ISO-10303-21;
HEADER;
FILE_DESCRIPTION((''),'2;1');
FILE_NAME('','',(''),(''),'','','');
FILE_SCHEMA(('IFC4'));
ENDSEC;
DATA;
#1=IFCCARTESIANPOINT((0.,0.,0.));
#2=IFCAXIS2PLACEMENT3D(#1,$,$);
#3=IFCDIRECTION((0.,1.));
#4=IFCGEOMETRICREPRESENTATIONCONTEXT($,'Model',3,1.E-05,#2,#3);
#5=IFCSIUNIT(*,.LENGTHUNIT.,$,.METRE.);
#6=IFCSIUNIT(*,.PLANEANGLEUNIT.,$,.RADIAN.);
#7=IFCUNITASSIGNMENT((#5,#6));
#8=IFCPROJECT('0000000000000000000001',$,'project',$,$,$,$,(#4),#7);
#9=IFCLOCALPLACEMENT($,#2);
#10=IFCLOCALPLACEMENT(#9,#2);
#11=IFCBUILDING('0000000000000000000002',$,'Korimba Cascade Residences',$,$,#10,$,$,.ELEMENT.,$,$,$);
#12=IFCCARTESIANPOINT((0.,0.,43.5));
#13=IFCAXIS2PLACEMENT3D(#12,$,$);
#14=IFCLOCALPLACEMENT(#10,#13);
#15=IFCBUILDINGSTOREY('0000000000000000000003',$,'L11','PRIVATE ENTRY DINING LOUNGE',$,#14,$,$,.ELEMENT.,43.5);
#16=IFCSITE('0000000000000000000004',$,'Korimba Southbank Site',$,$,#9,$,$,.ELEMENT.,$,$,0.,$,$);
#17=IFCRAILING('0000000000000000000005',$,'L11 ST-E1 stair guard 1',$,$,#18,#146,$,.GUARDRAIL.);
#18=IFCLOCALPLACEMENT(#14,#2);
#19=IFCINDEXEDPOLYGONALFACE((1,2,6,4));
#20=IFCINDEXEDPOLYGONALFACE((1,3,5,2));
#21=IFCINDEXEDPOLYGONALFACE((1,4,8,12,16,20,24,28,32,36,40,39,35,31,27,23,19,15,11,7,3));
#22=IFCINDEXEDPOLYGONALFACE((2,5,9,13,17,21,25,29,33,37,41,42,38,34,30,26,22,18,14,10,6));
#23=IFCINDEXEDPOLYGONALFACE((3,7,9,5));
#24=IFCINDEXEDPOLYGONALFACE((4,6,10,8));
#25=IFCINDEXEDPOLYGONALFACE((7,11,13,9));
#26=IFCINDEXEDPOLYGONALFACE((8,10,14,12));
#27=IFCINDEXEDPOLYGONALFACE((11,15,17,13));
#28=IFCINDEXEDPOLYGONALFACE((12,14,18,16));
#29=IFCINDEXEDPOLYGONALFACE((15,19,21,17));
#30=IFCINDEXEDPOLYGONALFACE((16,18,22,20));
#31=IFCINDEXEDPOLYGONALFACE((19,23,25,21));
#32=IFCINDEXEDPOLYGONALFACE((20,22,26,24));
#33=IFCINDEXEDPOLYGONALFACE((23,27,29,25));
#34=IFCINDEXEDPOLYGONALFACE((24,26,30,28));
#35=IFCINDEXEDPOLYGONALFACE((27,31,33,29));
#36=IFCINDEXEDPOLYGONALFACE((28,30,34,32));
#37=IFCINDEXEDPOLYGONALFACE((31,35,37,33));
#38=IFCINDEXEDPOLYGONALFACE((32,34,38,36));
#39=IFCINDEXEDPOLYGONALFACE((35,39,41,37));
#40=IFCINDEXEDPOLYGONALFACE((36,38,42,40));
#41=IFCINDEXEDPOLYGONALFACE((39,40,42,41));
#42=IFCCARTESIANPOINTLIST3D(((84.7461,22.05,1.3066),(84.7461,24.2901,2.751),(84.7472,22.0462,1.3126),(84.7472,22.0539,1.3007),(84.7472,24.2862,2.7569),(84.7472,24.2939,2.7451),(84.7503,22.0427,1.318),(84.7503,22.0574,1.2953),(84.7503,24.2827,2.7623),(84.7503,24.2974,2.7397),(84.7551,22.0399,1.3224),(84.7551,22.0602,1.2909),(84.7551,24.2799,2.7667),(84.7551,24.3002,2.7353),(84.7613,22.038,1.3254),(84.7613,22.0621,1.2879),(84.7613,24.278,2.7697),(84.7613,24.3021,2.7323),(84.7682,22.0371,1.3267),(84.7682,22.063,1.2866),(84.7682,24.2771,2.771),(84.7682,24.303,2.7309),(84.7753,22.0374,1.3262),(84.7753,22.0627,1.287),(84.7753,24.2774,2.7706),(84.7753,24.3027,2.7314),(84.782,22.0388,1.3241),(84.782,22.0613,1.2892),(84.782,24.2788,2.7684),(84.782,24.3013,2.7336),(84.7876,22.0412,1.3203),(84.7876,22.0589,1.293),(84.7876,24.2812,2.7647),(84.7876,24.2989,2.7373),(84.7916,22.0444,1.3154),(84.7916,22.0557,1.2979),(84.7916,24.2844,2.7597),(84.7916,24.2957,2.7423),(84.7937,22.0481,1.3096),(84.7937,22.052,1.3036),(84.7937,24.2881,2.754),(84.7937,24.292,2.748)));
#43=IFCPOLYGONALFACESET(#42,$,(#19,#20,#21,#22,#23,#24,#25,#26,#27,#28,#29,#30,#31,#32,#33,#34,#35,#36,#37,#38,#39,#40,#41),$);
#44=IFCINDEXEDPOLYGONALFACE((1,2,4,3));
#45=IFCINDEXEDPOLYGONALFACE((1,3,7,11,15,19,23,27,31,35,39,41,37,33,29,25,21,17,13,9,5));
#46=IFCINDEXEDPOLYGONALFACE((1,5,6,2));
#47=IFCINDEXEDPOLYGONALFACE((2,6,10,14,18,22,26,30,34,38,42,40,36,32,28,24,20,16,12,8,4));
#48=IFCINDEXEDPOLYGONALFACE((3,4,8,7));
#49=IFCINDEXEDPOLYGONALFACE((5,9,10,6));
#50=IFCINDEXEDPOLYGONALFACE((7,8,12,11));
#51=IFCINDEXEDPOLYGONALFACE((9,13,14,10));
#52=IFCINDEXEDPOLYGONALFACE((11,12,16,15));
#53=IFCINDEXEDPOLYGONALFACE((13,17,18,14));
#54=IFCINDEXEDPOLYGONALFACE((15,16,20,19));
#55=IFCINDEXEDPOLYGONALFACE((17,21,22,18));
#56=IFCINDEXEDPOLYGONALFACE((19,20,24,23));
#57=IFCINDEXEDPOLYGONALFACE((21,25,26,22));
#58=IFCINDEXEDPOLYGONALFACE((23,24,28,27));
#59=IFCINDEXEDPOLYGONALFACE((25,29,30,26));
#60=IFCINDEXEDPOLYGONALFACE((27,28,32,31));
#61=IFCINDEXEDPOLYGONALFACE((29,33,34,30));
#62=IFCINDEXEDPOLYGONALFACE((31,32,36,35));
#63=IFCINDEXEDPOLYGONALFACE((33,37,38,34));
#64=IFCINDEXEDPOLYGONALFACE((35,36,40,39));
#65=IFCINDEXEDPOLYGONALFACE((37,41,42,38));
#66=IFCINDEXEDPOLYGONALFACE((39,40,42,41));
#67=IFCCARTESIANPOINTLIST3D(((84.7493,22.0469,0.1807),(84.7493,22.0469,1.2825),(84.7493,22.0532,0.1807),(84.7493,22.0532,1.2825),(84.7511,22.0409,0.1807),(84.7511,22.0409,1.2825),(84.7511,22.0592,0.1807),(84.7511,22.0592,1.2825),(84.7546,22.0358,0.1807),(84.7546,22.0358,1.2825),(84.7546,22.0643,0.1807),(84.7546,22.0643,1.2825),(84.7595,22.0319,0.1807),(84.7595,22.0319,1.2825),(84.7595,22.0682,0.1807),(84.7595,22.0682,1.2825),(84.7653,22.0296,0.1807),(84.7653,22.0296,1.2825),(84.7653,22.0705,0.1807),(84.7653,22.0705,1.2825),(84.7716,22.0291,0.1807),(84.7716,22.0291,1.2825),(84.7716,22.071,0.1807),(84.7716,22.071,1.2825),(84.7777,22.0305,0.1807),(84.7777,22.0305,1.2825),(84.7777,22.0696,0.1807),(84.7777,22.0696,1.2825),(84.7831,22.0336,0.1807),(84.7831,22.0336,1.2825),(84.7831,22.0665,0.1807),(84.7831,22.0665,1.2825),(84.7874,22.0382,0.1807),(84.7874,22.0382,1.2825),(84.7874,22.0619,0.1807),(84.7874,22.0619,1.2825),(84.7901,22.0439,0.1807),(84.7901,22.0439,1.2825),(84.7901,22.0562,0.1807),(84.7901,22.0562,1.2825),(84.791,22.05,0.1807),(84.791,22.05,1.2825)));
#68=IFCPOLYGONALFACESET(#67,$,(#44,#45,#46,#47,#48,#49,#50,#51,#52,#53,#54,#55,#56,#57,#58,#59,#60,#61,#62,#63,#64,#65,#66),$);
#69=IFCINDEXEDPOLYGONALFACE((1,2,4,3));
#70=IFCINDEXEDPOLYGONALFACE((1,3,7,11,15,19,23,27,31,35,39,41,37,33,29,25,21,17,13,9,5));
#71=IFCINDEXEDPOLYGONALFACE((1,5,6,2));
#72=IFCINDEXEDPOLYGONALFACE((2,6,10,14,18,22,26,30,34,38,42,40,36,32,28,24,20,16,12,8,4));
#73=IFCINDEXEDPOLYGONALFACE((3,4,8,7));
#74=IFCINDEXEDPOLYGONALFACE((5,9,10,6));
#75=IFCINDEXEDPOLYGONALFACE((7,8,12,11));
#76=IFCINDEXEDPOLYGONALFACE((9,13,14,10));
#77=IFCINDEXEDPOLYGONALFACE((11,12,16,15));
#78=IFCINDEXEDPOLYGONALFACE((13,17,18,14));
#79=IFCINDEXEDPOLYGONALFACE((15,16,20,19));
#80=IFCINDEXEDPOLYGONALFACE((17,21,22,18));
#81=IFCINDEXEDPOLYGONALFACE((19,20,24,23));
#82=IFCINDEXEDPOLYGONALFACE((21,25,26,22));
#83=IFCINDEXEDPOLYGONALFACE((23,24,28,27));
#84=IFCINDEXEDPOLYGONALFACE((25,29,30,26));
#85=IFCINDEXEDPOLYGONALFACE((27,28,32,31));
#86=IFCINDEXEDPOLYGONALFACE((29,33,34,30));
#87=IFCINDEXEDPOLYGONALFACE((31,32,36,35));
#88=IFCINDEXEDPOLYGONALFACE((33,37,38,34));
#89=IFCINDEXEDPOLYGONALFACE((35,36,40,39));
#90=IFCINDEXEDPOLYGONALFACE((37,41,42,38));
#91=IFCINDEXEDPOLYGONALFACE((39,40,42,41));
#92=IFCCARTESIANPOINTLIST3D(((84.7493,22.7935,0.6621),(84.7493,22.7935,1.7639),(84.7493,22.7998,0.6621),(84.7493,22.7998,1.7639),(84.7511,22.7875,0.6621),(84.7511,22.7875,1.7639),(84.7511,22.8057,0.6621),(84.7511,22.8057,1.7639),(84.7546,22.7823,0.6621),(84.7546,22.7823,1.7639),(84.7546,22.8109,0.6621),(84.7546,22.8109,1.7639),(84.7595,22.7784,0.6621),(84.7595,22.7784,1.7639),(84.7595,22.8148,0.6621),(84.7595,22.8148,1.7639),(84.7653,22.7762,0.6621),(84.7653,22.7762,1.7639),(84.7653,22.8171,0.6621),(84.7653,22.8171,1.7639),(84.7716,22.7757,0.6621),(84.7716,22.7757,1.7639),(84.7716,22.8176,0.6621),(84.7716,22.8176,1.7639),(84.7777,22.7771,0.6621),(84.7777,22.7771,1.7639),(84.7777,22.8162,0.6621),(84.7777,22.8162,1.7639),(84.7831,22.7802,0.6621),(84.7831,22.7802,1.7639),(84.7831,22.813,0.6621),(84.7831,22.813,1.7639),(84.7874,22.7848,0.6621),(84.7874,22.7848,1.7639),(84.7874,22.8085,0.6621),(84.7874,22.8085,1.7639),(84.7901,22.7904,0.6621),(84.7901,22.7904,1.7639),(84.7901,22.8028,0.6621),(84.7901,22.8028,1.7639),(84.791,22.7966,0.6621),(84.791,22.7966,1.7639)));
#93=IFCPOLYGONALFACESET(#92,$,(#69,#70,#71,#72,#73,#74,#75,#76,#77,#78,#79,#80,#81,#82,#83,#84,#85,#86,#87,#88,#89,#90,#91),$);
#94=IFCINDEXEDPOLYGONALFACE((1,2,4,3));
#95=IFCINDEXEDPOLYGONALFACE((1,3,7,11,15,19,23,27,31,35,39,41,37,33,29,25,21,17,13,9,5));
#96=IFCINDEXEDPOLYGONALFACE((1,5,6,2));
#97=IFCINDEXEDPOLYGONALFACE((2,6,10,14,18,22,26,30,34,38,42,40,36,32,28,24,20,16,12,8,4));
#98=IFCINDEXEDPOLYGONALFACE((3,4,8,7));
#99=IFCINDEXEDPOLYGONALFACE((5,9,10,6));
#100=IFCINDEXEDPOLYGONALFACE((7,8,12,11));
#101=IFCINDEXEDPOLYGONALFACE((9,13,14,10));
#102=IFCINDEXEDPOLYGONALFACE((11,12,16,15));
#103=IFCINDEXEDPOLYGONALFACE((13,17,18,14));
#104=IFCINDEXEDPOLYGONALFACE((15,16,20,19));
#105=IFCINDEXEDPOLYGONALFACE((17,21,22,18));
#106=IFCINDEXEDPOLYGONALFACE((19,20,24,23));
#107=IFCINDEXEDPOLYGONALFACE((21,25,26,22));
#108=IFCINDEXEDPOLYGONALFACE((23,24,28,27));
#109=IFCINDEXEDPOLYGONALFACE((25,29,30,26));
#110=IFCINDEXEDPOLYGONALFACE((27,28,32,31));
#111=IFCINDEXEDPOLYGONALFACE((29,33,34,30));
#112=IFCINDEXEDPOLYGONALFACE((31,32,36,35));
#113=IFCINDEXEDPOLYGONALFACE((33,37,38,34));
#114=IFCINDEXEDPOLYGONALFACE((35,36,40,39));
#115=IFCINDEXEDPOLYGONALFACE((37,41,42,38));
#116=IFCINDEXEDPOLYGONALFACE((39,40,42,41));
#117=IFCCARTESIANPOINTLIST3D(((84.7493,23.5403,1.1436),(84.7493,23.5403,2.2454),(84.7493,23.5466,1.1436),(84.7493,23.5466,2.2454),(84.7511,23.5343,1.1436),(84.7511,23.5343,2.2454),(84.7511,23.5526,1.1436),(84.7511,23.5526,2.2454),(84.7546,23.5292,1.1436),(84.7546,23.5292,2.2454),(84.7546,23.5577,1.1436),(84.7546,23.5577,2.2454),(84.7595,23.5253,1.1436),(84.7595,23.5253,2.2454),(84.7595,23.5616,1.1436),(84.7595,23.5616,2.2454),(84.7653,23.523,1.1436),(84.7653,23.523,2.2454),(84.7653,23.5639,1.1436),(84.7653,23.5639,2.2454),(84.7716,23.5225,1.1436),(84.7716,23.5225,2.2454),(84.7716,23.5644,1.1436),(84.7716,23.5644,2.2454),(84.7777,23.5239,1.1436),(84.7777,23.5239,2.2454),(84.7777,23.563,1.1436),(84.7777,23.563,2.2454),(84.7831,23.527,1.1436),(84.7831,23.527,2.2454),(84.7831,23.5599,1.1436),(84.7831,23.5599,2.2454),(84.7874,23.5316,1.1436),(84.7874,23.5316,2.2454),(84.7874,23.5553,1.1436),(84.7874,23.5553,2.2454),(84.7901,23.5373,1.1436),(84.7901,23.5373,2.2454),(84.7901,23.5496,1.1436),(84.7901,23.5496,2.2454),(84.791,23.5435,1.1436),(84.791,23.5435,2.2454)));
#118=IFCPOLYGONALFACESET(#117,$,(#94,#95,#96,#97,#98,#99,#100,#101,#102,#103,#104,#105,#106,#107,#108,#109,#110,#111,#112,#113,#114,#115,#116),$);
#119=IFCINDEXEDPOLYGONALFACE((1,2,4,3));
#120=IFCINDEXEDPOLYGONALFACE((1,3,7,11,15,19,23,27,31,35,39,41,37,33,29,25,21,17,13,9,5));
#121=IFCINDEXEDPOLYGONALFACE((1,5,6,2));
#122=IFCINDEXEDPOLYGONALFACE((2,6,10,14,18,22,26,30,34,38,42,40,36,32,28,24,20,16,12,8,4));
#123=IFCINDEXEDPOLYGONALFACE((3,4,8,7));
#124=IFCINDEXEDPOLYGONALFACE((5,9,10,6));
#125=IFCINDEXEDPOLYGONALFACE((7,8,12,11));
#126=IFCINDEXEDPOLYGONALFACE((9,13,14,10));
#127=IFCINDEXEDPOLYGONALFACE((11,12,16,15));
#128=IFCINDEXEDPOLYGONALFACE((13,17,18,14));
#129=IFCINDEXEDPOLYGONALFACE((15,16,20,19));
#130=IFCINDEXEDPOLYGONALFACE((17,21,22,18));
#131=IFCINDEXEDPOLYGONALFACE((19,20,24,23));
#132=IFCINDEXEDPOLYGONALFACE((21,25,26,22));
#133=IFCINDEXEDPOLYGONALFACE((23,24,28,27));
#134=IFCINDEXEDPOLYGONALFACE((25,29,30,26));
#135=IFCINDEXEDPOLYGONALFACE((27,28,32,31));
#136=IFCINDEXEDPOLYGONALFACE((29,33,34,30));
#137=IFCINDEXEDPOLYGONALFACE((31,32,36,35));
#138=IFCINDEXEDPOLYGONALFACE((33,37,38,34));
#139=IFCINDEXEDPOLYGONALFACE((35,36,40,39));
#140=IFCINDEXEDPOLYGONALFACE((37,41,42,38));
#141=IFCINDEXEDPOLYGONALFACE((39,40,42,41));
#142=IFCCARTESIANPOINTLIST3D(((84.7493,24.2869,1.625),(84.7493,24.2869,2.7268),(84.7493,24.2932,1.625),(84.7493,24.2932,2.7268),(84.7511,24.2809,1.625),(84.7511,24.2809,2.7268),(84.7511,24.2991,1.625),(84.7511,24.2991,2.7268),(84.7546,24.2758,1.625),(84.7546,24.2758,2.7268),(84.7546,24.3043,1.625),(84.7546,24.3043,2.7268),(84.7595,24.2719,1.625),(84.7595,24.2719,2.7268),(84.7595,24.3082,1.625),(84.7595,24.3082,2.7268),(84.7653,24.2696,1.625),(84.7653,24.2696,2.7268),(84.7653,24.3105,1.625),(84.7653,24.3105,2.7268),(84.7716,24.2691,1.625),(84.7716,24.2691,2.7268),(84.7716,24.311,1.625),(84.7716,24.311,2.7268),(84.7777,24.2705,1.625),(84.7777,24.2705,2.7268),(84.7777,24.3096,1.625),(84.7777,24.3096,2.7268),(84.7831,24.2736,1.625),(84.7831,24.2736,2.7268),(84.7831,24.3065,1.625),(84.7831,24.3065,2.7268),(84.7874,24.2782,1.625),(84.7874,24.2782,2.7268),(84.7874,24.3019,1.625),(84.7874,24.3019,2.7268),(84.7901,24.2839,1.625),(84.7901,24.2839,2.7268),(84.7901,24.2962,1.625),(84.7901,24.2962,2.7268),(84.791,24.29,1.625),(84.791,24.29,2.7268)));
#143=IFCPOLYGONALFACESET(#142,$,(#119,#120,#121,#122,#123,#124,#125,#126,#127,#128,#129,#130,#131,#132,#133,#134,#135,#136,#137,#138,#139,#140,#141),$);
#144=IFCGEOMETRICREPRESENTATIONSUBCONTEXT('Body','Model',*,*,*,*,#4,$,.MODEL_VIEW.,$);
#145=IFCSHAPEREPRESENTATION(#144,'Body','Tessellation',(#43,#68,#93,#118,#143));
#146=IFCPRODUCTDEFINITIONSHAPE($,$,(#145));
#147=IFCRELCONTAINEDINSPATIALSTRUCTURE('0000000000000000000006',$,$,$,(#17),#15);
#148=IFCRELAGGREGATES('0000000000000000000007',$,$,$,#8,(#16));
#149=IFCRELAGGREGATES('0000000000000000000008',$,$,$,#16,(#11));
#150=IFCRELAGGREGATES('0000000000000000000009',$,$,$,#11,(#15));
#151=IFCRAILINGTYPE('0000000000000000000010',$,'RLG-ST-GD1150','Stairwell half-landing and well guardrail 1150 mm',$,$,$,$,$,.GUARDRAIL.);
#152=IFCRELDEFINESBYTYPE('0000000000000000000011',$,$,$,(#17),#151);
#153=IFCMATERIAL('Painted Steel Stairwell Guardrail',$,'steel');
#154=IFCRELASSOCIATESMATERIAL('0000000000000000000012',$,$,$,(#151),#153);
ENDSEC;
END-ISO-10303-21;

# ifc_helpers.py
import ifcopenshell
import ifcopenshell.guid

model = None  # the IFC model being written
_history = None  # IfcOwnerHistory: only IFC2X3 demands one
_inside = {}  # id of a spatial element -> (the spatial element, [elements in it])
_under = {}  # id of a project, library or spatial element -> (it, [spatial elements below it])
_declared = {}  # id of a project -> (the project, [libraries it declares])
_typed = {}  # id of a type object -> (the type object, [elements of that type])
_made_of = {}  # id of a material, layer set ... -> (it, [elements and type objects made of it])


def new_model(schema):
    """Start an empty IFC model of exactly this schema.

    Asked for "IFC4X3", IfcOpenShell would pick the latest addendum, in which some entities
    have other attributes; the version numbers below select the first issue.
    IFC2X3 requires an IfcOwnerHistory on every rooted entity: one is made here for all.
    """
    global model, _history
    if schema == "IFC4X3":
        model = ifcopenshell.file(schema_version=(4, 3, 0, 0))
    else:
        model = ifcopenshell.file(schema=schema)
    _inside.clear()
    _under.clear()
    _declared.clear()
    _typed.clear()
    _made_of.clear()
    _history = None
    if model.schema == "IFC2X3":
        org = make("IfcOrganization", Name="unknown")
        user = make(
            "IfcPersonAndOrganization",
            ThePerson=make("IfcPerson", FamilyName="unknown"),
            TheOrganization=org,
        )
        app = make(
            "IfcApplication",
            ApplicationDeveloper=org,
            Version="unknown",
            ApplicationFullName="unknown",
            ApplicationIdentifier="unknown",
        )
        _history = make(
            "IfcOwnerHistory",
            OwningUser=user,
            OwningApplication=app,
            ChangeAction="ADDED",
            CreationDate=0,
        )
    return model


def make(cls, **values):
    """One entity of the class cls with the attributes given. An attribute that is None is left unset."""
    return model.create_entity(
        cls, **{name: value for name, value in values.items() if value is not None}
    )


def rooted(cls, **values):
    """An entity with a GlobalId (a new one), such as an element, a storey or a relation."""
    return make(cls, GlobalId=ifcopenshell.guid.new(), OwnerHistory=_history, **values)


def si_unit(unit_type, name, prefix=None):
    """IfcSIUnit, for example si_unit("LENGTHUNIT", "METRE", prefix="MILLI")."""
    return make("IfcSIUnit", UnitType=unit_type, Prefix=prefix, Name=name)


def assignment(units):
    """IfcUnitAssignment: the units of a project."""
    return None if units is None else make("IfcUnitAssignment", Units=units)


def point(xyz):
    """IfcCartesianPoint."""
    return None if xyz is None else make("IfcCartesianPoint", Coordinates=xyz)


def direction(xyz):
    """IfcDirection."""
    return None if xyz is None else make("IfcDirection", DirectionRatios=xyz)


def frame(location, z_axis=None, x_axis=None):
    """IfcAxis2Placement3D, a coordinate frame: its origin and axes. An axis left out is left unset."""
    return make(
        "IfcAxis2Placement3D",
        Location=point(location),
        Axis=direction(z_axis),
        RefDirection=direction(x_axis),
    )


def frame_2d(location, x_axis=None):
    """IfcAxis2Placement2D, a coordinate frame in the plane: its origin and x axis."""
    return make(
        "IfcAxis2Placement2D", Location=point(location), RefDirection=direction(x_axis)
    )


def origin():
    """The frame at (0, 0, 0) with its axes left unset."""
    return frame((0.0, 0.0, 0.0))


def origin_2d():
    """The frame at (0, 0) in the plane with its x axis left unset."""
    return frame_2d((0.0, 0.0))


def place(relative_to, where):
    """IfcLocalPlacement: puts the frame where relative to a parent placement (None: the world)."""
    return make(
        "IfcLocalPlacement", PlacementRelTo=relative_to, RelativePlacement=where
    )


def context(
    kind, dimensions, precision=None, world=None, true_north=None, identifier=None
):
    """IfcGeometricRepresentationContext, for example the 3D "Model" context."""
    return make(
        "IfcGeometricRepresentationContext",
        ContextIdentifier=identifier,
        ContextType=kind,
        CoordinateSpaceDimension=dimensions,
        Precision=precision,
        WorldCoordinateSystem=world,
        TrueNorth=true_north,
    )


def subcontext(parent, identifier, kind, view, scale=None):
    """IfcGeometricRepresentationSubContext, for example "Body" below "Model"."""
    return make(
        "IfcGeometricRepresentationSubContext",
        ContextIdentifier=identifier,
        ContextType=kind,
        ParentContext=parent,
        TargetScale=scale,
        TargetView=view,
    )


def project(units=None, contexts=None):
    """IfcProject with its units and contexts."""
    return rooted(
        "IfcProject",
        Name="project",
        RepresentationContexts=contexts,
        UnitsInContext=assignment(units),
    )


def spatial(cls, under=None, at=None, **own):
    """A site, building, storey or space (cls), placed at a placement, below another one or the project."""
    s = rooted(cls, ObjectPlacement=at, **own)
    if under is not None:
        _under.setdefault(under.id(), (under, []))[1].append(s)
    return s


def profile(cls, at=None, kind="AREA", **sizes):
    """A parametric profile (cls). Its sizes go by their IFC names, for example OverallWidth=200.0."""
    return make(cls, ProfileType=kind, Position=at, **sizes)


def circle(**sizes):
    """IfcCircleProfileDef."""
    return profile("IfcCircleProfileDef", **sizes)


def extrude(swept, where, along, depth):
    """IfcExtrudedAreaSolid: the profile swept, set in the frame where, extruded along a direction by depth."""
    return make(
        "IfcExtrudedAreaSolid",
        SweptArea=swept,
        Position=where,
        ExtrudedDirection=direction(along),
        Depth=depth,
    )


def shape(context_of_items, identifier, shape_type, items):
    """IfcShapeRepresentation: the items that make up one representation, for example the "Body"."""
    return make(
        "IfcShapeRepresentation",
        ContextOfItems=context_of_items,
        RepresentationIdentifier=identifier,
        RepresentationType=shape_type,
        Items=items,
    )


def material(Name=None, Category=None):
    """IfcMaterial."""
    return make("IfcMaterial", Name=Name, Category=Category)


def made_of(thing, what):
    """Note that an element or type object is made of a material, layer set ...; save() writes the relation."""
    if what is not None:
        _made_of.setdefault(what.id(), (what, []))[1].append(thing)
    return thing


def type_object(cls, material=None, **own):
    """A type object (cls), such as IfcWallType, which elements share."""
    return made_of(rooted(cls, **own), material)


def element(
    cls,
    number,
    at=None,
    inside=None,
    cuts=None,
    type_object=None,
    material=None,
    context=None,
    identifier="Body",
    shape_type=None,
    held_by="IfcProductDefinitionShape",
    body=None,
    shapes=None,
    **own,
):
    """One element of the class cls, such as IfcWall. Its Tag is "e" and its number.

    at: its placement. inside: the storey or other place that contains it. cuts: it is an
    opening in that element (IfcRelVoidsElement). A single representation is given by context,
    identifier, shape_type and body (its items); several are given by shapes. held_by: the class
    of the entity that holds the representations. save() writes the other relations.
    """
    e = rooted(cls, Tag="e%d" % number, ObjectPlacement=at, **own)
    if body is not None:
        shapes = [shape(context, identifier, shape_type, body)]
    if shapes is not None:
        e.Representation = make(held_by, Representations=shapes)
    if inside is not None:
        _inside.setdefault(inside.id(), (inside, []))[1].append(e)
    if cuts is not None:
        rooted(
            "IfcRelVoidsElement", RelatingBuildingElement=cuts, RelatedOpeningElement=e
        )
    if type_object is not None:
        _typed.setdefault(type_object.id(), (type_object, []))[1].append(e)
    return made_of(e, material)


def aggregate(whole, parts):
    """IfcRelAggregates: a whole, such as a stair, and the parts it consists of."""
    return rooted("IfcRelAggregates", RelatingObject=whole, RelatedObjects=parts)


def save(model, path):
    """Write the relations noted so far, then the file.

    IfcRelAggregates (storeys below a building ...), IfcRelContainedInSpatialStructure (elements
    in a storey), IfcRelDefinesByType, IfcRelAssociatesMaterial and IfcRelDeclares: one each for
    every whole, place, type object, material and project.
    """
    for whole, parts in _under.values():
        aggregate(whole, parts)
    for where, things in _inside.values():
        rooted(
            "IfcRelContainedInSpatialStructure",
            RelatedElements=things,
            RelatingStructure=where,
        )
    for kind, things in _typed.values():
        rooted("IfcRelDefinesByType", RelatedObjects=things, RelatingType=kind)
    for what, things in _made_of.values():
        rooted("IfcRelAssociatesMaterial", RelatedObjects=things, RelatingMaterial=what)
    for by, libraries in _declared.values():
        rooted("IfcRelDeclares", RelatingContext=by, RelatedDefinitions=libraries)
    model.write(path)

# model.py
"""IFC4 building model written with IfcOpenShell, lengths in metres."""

from ifc_helpers import new_model, si_unit, direction, frame, origin, origin_2d, place, context, subcontext, project, spatial, circle, extrude, material, type_object, element, save


model = new_model("IFC4")

# Units and contexts
model_context = context("Model", 3, precision=1e-05, world=origin(), true_north=direction((0.0, 1.0)))
body_context = subcontext(model_context, "Body", "Model", "MODEL_VIEW")
ifc_project = project(units=[si_unit("LENGTHUNIT", "METRE"), si_unit("PLANEANGLEUNIT", "RADIAN")], contexts=[model_context])

# Site, building, storey
site_placement = place(None, origin())
site = spatial("IfcSite", under=ifc_project, at=site_placement, Name="Korimba Southbank Site", CompositionType="ELEMENT", RefElevation=0.0)
building_placement = place(site_placement, origin())
building = spatial("IfcBuilding", under=site, at=building_placement, Name="Korimba Cascade Residences", CompositionType="ELEMENT")
storey_placement = place(building_placement, frame((0.0, 0.0, 43.5)))
storey = spatial("IfcBuildingStorey", under=building, at=storey_placement, Name="L11", Description="PRIVATE ENTRY DINING LOUNGE", CompositionType="ELEMENT", Elevation=43.5)

# Railing
ifc_material_1 = material(Name="Painted Steel Stairwell Guardrail", Category="steel")
railing_type = type_object("IfcRailingType", Name="RLG-ST-GD1150", Description="Stairwell half-landing and well guardrail 1150 mm", PredefinedType="GUARDRAIL", material=ifc_material_1)
railing_1_placement = place(storey_placement, frame((84.77, 22.05, 0.1807)))
element("IfcRailing", 1, at=railing_1_placement, inside=storey, type_object=railing_type, Name="L11 ST-E1 stair guard 1", PredefinedType="GUARDRAIL", context=body_context, shape_type="SweptSolid", body=[
    extrude(circle(Radius=0.0239, at=origin_2d()), frame((0.0, 0.0, 1.126), z_axis=(0.0, 0.840437, 0.54191), x_axis=(-1.0, 0.0, 0.0)), (0.0, 0.0, 1.0), 2.6653),
    extrude(circle(Radius=0.021, at=origin_2d()), origin(), (0.0, 0.0, 1.0), 1.1018),
    extrude(circle(Radius=0.021, at=origin_2d()), frame((0.0, 0.7466, 0.4814)), (0.0, 0.0, 1.0), 1.1018),
    extrude(circle(Radius=0.021, at=origin_2d()), frame((0.0, 1.4934, 0.9629)), (0.0, 0.0, 1.0), 1.1018),
    extrude(circle(Radius=0.021, at=origin_2d()), frame((0.0, 2.24, 1.4443)), (0.0, 0.0, 1.0), 1.1018),
])

save(model, "model.ifc")
